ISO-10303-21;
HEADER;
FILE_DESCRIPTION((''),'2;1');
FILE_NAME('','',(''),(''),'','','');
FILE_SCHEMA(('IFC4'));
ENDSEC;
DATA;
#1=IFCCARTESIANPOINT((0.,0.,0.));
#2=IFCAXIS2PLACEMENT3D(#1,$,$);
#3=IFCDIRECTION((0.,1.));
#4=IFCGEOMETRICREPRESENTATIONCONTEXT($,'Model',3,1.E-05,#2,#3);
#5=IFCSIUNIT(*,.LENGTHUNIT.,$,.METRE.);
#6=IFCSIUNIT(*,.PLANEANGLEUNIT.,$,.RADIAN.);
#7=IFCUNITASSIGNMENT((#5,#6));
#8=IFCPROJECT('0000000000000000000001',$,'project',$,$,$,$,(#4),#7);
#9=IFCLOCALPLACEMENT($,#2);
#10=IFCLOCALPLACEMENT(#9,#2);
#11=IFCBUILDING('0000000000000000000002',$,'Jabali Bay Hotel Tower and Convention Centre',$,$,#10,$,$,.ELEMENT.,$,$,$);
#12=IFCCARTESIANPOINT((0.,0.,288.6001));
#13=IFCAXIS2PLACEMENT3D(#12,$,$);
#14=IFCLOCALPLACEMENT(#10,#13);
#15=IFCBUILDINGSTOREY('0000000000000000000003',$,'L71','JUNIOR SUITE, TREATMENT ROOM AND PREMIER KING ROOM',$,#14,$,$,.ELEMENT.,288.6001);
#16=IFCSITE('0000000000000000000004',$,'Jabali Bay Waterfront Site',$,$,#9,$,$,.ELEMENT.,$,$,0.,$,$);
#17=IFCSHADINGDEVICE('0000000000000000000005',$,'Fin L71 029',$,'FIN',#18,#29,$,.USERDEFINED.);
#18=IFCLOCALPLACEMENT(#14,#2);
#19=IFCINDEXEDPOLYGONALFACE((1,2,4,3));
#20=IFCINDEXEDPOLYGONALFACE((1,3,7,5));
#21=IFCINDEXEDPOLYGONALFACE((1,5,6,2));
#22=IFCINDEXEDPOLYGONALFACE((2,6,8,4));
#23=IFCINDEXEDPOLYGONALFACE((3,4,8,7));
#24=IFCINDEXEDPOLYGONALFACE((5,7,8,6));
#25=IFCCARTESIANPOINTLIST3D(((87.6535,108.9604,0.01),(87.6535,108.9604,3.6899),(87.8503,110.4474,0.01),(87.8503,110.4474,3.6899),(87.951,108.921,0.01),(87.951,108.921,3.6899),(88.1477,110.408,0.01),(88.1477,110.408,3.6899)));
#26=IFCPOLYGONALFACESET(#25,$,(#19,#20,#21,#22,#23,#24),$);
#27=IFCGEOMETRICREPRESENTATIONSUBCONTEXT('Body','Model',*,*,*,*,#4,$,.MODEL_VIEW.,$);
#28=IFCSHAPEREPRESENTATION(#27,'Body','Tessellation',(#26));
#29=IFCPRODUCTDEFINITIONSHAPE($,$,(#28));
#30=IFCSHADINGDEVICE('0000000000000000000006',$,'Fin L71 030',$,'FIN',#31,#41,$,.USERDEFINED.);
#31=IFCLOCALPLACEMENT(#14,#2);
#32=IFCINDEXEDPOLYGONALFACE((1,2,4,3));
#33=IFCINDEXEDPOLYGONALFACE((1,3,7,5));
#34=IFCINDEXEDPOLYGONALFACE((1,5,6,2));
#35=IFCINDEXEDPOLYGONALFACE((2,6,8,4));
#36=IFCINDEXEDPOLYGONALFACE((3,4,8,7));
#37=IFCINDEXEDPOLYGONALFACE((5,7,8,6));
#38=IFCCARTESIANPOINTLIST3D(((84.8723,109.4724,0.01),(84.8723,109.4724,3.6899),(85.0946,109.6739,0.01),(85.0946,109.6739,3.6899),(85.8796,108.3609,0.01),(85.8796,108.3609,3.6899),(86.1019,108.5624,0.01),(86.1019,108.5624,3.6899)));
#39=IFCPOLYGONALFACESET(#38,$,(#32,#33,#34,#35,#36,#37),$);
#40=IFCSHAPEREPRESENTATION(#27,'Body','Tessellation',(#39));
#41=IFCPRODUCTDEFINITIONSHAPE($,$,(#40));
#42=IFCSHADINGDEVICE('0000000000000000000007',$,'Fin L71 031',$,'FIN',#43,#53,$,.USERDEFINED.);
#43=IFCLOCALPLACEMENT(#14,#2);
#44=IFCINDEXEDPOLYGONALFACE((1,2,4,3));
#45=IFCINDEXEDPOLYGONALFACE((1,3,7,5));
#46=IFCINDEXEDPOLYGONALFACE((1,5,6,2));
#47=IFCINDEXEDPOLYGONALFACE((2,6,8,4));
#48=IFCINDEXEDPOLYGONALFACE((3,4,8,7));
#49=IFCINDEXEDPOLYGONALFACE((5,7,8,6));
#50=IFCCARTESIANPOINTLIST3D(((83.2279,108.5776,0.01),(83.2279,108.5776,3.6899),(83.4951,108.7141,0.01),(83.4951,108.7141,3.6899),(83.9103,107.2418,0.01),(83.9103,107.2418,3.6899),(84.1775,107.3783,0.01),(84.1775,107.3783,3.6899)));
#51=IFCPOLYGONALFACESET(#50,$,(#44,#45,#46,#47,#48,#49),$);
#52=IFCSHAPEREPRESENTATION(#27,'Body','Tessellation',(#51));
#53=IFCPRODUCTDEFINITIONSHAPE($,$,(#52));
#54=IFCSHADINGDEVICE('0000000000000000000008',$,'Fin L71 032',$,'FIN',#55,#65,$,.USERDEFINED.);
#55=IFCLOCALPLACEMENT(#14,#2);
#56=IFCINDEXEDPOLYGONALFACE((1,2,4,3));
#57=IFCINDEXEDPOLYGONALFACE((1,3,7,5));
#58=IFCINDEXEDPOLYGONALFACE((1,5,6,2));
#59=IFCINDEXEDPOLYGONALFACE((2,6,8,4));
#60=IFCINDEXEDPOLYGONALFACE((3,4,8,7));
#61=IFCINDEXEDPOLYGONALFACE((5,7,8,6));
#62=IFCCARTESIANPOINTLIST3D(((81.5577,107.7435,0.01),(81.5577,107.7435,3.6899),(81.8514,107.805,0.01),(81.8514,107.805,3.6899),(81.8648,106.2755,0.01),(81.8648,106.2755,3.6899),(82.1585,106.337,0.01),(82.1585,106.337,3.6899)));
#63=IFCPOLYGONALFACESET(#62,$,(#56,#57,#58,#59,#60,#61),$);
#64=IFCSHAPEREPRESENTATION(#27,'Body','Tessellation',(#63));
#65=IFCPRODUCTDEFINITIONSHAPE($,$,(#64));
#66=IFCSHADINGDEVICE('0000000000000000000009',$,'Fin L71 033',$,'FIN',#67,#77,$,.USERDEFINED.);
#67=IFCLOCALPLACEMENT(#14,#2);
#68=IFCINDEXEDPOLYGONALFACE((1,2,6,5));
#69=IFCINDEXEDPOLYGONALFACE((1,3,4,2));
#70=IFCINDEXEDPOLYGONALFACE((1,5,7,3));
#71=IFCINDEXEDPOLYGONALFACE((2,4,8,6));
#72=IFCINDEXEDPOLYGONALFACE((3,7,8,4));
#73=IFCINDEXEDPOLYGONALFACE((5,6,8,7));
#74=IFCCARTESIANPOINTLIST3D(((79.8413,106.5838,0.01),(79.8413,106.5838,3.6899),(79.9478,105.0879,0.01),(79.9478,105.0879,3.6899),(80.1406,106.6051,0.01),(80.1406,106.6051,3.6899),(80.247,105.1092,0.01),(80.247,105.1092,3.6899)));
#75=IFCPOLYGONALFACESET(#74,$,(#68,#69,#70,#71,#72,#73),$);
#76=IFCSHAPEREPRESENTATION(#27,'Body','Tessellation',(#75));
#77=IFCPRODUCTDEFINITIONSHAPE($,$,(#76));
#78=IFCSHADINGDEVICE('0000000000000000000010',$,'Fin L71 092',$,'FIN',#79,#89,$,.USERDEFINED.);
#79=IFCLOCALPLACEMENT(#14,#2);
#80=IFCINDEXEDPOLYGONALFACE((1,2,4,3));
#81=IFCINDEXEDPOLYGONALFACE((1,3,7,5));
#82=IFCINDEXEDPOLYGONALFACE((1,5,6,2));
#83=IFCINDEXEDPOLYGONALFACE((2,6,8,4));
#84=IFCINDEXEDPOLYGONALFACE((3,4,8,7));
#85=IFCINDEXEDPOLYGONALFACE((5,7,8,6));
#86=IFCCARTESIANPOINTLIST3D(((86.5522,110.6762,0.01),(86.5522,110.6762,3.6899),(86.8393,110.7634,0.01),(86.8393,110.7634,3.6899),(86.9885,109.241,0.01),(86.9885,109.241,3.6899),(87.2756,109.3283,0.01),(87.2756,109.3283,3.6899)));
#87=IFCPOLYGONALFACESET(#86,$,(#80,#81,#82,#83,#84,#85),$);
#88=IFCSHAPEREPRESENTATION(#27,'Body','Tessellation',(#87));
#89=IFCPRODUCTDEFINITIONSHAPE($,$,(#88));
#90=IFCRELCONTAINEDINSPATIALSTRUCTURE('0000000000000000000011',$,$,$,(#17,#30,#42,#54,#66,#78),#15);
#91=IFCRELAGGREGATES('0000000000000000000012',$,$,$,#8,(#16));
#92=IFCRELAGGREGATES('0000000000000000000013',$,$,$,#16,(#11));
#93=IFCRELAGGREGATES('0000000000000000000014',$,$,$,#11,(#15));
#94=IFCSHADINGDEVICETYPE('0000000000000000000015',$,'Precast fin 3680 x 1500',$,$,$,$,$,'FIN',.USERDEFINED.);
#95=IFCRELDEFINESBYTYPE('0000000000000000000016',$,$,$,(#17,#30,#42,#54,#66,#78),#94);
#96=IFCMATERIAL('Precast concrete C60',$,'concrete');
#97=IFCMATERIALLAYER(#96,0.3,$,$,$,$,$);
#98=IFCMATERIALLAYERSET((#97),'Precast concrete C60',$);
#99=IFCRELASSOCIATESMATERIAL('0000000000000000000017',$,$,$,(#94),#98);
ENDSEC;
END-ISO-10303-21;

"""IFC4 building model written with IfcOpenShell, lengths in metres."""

from ifc_helpers import new_model, si_unit, direction, frame, frame_2d, origin, place, context, subcontext, project, spatial, rectangle, extrude, material, layer, layer_set, type_object, element, save


model = new_model("IFC4")

# Units and contexts
model_context = context("Model", 3, precision=1e-05, world=origin(), true_north=direction((0.0, 1.0)))
body_context = subcontext(model_context, "Body", "Model", "MODEL_VIEW")
ifc_project = project(units=[si_unit("LENGTHUNIT", "METRE"), si_unit("PLANEANGLEUNIT", "RADIAN")], contexts=[model_context])

# Site, building, storey
site_placement = place(None, origin())
site = spatial("IfcSite", under=ifc_project, at=site_placement, Name="Jabali Bay Waterfront Site", CompositionType="ELEMENT", RefElevation=0.0)
building_placement = place(site_placement, origin())
building = spatial("IfcBuilding", under=site, at=building_placement, Name="Jabali Bay Hotel Tower and Convention Centre", CompositionType="ELEMENT")
storey_placement = place(building_placement, frame((0.0, 0.0, 288.6001)))
storey = spatial("IfcBuildingStorey", under=building, at=storey_placement, Name="L71", Description="JUNIOR SUITE, TREATMENT ROOM AND PREMIER KING ROOM", CompositionType="ELEMENT", Elevation=288.6001)

# Shading devices
ifc_material_1 = material(Name="Precast concrete C60", Category="concrete")
ifc_layer_1 = layer(ifc_material_1, 0.3)
ifc_layer_set_1 = layer_set([ifc_layer_1], Name="Precast concrete C60")
shading_device_type = type_object("IfcShadingDeviceType", Name="Precast fin 3680 x 1500", ElementType="FIN", PredefinedType="USERDEFINED", material=ifc_layer_set_1)
for number, where, z_axis, x_axis, name in (
    (1, (87.8022, 108.9407, 0.01), (0.0, 0.0, 1.0), (0.131183, 0.991358, 0.0), "Fin L71 029"),
    (2, (85.9907, 108.4617, 0.01), (0.0, 0.0, 1.0), (-0.671505, 0.741, 0.0), "Fin L71 030"),
    (3, (84.0439, 107.3101, 0.01), (0.0, 0.0, 1.0), (-0.454945, 0.89052, 0.0), "Fin L71 031"),
):
    element("IfcShadingDevice", number, at=place(storey_placement, frame(where, z_axis=z_axis, x_axis=x_axis)), inside=storey, type_object=shading_device_type, Name=name, ObjectType="FIN", PredefinedType="USERDEFINED", context=body_context, shape_type="SweptSolid", body=[
        extrude(rectangle(XDim=1.5, YDim=0.3, at=frame_2d((0.75, 0.0))), origin(), (0.0, 0.0, 1.0), 3.6799),
    ])
for number, where, z_axis, x_axis, name in (
    (4, (82.0117, 106.3062, 0.01), (0.0, 0.0, 1.0), (-0.20478, 0.978808, 0.0), "Fin L71 032"),
    (5, (80.0974, 105.0984, 0.01), (0.0, 0.0, 1.0), (-0.070969, 0.997478, 0.0), "Fin L71 033"),
):
    element("IfcShadingDevice", number, at=place(storey_placement, frame(where, z_axis=z_axis, x_axis=x_axis)), inside=storey, type_object=shading_device_type, Name=name, ObjectType="FIN", PredefinedType="USERDEFINED", context=body_context, shape_type="SweptSolid", body=[
        extrude(rectangle(XDim=1.4998, YDim=0.3, at=frame_2d((0.75, 0.0))), origin(), (0.0, 0.0, 1.0), 3.6799),
    ])
shading_device_placement = place(storey_placement, frame((87.1321, 109.2847, 0.01), z_axis=(0.0, 0.0, 1.0), x_axis=(-0.29087, 0.956763, 0.0)))
element("IfcShadingDevice", 6, at=shading_device_placement, inside=storey, type_object=shading_device_type, Name="Fin L71 092", ObjectType="FIN", PredefinedType="USERDEFINED", context=body_context, shape_type="SweptSolid", body=[
    extrude(rectangle(XDim=1.5, YDim=0.3, at=frame_2d((0.75, 0.0))), origin(), (0.0, 0.0, 1.0), 3.6799),
])

save(model, "model.ifc")
